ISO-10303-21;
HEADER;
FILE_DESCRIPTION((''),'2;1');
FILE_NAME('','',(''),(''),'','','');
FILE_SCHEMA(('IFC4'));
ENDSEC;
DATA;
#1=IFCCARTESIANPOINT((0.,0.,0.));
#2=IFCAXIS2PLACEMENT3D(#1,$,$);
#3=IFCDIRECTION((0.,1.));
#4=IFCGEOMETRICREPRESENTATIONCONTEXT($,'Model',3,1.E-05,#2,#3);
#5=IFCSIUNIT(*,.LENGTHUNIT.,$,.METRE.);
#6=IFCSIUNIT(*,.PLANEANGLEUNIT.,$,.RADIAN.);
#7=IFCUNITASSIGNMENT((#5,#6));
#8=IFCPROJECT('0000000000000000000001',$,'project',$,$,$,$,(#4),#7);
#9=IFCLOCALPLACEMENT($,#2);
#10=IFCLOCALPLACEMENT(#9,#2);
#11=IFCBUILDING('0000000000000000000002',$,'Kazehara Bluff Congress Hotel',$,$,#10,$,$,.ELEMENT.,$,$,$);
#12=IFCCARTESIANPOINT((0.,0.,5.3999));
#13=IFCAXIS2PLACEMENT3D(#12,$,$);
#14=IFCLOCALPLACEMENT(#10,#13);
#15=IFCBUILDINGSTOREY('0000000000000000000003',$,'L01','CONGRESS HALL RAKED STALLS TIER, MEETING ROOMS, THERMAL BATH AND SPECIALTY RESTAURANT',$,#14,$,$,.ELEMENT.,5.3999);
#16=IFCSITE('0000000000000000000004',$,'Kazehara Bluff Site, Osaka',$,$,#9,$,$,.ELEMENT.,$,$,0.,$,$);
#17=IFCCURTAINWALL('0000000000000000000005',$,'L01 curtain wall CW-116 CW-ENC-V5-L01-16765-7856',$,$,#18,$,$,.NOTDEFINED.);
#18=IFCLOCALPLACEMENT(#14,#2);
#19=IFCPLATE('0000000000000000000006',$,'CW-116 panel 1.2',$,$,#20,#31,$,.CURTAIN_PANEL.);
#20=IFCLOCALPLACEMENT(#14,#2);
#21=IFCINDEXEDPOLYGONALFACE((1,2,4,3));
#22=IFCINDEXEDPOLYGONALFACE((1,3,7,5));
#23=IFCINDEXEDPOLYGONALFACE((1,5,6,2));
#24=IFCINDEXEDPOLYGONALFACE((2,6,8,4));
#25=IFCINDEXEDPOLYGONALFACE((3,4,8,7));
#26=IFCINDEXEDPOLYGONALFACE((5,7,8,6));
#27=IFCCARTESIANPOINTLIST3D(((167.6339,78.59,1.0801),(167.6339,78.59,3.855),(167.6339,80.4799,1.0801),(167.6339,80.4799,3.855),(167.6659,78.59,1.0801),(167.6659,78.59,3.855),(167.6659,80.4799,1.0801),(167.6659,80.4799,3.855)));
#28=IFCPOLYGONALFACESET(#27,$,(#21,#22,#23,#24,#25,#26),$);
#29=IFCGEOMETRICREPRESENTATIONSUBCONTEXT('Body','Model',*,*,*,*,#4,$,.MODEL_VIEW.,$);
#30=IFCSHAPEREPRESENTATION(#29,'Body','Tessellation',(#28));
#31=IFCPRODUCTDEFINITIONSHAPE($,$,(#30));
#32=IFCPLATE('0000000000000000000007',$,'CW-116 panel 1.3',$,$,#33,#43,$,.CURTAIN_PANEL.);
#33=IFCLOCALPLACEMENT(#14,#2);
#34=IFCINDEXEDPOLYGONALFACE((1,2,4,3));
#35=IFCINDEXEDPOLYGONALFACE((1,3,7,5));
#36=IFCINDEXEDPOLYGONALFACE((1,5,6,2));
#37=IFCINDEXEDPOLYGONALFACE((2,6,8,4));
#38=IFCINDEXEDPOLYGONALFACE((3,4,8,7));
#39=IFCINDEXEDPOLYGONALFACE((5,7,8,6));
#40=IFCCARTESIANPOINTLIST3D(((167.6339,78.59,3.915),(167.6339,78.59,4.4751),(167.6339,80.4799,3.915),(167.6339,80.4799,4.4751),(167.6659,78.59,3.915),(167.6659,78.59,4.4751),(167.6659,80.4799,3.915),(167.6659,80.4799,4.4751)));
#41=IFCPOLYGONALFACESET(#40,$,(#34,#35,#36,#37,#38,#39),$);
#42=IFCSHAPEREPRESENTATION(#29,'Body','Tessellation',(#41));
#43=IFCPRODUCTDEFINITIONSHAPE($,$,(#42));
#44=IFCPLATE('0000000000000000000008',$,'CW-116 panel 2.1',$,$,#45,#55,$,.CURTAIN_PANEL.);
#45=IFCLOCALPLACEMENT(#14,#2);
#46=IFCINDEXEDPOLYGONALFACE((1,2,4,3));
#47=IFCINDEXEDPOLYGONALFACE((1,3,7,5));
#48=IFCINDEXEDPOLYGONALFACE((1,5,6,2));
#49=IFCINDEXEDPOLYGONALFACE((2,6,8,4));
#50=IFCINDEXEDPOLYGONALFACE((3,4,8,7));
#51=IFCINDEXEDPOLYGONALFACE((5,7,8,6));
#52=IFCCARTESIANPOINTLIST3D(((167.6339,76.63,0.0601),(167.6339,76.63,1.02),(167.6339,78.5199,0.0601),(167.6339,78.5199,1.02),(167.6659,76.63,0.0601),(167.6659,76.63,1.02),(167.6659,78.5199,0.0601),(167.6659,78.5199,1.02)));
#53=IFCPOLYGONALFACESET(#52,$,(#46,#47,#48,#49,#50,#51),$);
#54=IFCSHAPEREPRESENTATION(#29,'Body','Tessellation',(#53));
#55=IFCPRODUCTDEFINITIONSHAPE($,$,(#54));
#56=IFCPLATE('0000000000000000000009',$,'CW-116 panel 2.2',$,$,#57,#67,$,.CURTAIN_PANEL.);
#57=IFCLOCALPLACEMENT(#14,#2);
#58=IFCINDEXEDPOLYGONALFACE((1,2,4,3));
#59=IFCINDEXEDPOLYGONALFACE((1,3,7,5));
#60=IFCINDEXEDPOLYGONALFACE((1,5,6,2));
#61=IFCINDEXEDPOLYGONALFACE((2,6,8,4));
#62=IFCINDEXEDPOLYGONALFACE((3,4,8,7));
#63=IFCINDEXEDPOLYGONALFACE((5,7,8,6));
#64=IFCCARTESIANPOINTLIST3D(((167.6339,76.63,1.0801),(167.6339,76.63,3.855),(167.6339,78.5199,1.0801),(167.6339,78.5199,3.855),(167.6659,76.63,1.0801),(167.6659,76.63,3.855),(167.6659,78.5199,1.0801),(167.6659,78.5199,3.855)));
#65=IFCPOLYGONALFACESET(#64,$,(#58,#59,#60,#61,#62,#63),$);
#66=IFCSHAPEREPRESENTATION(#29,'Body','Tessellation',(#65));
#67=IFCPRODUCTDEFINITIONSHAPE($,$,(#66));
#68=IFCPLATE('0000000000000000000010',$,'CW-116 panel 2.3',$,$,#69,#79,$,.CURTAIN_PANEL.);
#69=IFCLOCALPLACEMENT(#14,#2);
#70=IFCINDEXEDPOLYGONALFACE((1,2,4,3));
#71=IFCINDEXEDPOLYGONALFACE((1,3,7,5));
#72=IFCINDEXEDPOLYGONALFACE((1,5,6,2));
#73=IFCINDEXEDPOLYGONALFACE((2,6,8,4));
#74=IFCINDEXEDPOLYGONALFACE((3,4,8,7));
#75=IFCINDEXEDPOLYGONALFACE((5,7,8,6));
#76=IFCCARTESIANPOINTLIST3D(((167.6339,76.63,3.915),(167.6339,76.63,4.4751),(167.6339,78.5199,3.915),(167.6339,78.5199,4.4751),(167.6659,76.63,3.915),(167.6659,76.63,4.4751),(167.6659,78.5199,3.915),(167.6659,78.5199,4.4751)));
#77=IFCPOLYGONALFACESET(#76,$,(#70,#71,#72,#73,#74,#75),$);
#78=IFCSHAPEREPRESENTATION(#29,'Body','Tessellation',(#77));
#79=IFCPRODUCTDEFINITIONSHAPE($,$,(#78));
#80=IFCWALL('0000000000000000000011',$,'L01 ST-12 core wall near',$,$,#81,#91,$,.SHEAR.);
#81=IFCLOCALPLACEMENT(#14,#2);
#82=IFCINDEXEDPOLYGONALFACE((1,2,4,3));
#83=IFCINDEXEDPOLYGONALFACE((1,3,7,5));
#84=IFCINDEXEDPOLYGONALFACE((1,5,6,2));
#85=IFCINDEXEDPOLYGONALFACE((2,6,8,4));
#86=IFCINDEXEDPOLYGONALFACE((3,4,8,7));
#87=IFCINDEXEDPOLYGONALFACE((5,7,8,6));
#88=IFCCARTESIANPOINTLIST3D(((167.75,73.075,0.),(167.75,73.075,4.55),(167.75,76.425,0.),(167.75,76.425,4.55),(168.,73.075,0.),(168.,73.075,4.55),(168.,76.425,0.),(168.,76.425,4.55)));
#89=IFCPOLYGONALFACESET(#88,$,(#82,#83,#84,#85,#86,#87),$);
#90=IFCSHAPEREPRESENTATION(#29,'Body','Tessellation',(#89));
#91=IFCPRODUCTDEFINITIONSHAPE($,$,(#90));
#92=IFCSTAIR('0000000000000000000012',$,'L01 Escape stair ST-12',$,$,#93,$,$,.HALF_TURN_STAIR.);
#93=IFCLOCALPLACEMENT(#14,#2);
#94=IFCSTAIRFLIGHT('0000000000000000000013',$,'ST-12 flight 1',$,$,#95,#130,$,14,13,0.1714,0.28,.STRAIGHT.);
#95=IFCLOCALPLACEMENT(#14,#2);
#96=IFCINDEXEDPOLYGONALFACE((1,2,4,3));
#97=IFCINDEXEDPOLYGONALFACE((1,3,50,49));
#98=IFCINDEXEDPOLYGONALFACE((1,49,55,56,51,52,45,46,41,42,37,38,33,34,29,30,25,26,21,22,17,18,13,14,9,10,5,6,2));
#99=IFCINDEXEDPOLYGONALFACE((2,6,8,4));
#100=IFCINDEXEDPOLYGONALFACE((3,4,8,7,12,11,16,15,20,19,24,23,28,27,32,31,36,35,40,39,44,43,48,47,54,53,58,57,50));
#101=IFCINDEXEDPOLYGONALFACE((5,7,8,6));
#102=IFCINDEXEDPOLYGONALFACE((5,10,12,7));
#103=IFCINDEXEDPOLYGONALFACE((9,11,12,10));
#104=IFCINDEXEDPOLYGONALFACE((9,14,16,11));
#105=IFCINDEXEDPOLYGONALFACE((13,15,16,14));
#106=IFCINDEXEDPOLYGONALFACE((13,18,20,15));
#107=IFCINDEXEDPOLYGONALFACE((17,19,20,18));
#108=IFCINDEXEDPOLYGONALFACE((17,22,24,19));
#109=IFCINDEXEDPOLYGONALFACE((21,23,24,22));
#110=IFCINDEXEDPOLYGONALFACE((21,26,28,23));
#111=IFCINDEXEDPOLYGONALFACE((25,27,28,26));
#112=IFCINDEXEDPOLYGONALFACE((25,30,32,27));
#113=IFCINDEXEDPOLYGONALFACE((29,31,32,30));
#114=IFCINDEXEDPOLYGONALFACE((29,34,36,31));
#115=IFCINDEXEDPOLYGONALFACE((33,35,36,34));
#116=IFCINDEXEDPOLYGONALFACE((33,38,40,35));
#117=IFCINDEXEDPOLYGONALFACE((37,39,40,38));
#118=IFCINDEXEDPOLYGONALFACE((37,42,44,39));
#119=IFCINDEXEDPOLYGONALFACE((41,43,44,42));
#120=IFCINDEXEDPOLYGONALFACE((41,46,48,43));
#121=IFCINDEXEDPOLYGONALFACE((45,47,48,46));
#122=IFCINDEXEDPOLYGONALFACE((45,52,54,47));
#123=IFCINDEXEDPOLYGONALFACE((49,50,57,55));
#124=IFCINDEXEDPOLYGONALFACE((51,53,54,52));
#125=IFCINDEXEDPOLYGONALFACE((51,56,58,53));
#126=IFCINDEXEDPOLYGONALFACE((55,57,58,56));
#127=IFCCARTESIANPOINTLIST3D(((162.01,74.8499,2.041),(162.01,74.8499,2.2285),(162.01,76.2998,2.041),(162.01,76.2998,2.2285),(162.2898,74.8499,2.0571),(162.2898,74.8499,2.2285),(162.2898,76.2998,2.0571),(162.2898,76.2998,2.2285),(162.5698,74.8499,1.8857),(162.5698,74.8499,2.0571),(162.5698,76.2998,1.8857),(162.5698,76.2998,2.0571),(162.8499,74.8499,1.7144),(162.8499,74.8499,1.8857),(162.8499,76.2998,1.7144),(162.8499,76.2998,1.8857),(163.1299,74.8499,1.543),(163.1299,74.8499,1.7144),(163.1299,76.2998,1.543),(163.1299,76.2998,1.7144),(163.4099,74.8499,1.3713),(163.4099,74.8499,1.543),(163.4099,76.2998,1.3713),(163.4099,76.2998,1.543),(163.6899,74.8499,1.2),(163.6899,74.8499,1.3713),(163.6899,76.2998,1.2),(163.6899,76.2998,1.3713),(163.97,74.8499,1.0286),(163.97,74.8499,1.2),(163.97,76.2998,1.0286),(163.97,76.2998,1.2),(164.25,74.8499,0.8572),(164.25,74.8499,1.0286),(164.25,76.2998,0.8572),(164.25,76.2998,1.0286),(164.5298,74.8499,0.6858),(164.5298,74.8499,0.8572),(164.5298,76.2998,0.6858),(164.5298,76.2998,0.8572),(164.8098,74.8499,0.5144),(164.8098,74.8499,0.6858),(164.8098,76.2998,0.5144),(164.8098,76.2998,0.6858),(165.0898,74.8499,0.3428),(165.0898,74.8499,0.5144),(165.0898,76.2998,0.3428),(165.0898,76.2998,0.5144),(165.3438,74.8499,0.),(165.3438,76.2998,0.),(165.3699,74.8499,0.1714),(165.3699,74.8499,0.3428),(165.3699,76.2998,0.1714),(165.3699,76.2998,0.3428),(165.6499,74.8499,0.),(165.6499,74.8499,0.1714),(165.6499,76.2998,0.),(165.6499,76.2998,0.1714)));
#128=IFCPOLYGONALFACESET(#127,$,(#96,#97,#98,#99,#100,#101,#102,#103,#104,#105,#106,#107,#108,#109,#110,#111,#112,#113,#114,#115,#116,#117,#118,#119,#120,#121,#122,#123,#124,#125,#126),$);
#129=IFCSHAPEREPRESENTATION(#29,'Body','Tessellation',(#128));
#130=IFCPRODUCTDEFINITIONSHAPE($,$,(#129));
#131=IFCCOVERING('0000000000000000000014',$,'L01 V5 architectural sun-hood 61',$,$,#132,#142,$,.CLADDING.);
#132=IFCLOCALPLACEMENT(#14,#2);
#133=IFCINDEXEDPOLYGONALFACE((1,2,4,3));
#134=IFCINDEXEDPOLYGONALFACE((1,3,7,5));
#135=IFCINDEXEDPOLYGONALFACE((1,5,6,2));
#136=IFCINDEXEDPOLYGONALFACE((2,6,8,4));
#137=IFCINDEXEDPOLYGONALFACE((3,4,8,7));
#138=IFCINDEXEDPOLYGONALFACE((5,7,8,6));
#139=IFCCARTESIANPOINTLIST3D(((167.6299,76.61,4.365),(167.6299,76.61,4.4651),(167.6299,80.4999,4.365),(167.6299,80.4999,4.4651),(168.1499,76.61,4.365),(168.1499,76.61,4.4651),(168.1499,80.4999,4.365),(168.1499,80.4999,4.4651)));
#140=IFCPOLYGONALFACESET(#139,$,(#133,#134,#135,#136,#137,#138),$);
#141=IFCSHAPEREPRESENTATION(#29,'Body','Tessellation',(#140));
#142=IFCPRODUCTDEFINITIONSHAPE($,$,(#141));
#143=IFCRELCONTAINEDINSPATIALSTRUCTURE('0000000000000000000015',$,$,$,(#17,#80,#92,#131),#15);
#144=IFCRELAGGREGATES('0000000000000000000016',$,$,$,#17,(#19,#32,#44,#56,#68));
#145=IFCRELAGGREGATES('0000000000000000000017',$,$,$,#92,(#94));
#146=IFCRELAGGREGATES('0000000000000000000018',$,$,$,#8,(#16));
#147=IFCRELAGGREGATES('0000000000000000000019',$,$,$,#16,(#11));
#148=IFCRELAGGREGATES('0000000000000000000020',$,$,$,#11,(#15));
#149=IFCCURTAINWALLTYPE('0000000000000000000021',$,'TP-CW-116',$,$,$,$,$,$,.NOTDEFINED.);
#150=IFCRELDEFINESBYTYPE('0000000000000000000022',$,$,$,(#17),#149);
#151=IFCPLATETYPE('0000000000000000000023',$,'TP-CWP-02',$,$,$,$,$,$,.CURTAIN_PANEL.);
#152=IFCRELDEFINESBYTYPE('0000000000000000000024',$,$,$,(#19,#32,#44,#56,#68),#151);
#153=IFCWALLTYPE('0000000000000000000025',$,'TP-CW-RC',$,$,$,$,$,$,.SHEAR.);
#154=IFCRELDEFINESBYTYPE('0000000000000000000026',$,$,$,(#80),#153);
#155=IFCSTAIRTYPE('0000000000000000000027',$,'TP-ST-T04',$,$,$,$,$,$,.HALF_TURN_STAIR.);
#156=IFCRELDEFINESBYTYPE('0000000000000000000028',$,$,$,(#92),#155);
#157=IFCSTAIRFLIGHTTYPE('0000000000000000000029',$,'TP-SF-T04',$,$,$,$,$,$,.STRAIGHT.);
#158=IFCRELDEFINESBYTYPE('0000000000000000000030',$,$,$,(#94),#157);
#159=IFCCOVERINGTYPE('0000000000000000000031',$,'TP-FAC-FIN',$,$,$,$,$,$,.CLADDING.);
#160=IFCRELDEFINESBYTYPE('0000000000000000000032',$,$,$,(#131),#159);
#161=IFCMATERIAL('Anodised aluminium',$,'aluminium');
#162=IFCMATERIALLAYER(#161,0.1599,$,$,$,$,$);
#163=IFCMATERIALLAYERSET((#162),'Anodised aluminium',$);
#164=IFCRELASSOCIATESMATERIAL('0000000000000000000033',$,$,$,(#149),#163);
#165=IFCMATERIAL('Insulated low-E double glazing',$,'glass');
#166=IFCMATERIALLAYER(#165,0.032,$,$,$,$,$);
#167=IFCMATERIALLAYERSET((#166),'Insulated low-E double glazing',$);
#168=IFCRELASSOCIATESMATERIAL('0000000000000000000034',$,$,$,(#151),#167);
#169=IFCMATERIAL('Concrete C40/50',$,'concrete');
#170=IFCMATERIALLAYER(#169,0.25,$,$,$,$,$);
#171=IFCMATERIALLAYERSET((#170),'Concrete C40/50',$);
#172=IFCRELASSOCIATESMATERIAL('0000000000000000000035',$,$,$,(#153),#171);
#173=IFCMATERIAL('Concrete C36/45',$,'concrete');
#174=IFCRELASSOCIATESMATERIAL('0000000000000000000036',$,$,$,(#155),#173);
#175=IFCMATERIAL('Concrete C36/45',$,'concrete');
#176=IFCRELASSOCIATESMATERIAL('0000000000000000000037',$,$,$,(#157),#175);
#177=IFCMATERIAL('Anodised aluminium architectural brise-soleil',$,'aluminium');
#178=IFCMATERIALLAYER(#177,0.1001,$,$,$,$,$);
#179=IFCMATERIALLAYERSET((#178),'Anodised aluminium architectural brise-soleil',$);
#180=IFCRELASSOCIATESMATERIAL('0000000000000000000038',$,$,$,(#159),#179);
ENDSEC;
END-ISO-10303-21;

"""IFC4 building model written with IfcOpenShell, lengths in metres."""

from ifc_helpers import new_model, si_unit, direction, frame, frame_2d, origin, origin_2d, place, context, subcontext, project, spatial, polyline, rectangle, outline, extrude, material, layer, layer_set, type_object, element, aggregate, save


model = new_model("IFC4")

# Units and contexts
model_context = context("Model", 3, precision=1e-05, world=origin(), true_north=direction((0.0, 1.0)))
body_context = subcontext(model_context, "Body", "Model", "MODEL_VIEW")
ifc_project = project(units=[si_unit("LENGTHUNIT", "METRE"), si_unit("PLANEANGLEUNIT", "RADIAN")], contexts=[model_context])

# Site, building, storey
site_placement = place(None, origin())
site = spatial("IfcSite", under=ifc_project, at=site_placement, Name="Kazehara Bluff Site, Osaka", CompositionType="ELEMENT", RefElevation=0.0)
building_placement = place(site_placement, origin())
building = spatial("IfcBuilding", under=site, at=building_placement, Name="Kazehara Bluff Congress Hotel", CompositionType="ELEMENT")
storey_placement = place(building_placement, frame((0.0, 0.0, 5.3999)))
storey = spatial("IfcBuildingStorey", under=building, at=storey_placement, Name="L01", Description="CONGRESS HALL RAKED STALLS TIER, MEETING ROOMS, THERMAL BATH AND SPECIALTY RESTAURANT", CompositionType="ELEMENT", Elevation=5.3999)

# Curtain wall
ifc_material_1 = material(Name="Anodised aluminium", Category="aluminium")
ifc_layer_1 = layer(ifc_material_1, 0.1599)
ifc_layer_set_1 = layer_set([ifc_layer_1], Name="Anodised aluminium")
curtain_wall_type_1 = type_object("IfcCurtainWallType", Name="TP-CW-116", PredefinedType="NOTDEFINED", material=ifc_layer_set_1)
curtain_wall_1_placement = place(storey_placement, origin())
curtain_wall_1 = element("IfcCurtainWall", 1, at=curtain_wall_1_placement, inside=storey, type_object=curtain_wall_type_1, Name="L01 curtain wall CW-116 CW-ENC-V5-L01-16765-7856", PredefinedType="NOTDEFINED")

# Plates
ifc_material_2 = material(Name="Insulated low-E double glazing", Category="glass")
ifc_layer_2 = layer(ifc_material_2, 0.032)
ifc_layer_set_2 = layer_set([ifc_layer_2], Name="Insulated low-E double glazing")
plate_type_1 = type_object("IfcPlateType", Name="TP-CWP-02", PredefinedType="CURTAIN_PANEL", material=ifc_layer_set_2)
plate_1_placement = place(storey_placement, frame((167.6499, 79.5349, 1.0801), z_axis=(0.0, 0.0, 1.0), x_axis=(0.0, -1.0, 0.0)))
plate_1 = element("IfcPlate", 2, at=plate_1_placement, type_object=plate_type_1, Name="CW-116 panel 1.2", PredefinedType="CURTAIN_PANEL", context=body_context, shape_type="SweptSolid", body=[
    extrude(rectangle(XDim=1.8899, YDim=0.032, at=origin_2d()), origin(), (0.0, 0.0, 1.0), 2.7749),
])
plate_2_placement = place(storey_placement, frame((167.6499, 79.5349, 3.915), z_axis=(0.0, 0.0, 1.0), x_axis=(0.0, -1.0, 0.0)))
plate_2 = element("IfcPlate", 3, at=plate_2_placement, type_object=plate_type_1, Name="CW-116 panel 1.3", PredefinedType="CURTAIN_PANEL", context=body_context, shape_type="SweptSolid", body=[
    extrude(rectangle(XDim=1.8899, YDim=0.032, at=origin_2d()), origin(), (0.0, 0.0, 1.0), 0.5601),
])
plate_3_placement = place(storey_placement, frame((167.6499, 77.575, 0.0601), z_axis=(0.0, 0.0, 1.0), x_axis=(0.0, -1.0, 0.0)))
plate_3 = element("IfcPlate", 4, at=plate_3_placement, type_object=plate_type_1, Name="CW-116 panel 2.1", PredefinedType="CURTAIN_PANEL", context=body_context, shape_type="SweptSolid", body=[
    extrude(rectangle(XDim=1.8899, YDim=0.032, at=origin_2d()), origin(), (0.0, 0.0, 1.0), 0.96),
])
plate_4_placement = place(storey_placement, frame((167.6499, 77.575, 1.0801), z_axis=(0.0, 0.0, 1.0), x_axis=(0.0, -1.0, 0.0)))
plate_4 = element("IfcPlate", 5, at=plate_4_placement, type_object=plate_type_1, Name="CW-116 panel 2.2", PredefinedType="CURTAIN_PANEL", context=body_context, shape_type="SweptSolid", body=[
    extrude(rectangle(XDim=1.8899, YDim=0.032, at=origin_2d()), origin(), (0.0, 0.0, 1.0), 2.7749),
])
plate_5_placement = place(storey_placement, frame((167.6499, 77.575, 3.915), z_axis=(0.0, 0.0, 1.0), x_axis=(0.0, -1.0, 0.0)))
plate_5 = element("IfcPlate", 6, at=plate_5_placement, type_object=plate_type_1, Name="CW-116 panel 2.3", PredefinedType="CURTAIN_PANEL", context=body_context, shape_type="SweptSolid", body=[
    extrude(rectangle(XDim=1.8899, YDim=0.032, at=origin_2d()), origin(), (0.0, 0.0, 1.0), 0.5601),
])
aggregate(curtain_wall_1, [plate_1, plate_2, plate_3, plate_4, plate_5])

# Wall
ifc_material_3 = material(Name="Concrete C40/50", Category="concrete")
ifc_layer_3 = layer(ifc_material_3, 0.25)
ifc_layer_set_3 = layer_set([ifc_layer_3], Name="Concrete C40/50")
wall_type = type_object("IfcWallType", Name="TP-CW-RC", PredefinedType="SHEAR", material=ifc_layer_set_3)
wall_placement = place(storey_placement, frame((167.875, 76.425, 0.0), z_axis=(0.0, 0.0, 1.0), x_axis=(0.0, -1.0, 0.0)))
element("IfcWall", 7, at=wall_placement, inside=storey, type_object=wall_type, Name="L01 ST-12 core wall near", PredefinedType="SHEAR", context=body_context, shape_type="SweptSolid", body=[
    extrude(rectangle(XDim=3.3501, YDim=0.25, at=frame_2d((1.675, 0.0))), origin(), (0.0, 0.0, 1.0), 4.55),
])

# Stair, stair flight
ifc_material_4 = material(Name="Concrete C36/45", Category="concrete")
stair_type = type_object("IfcStairType", Name="TP-ST-T04", PredefinedType="HALF_TURN_STAIR", material=ifc_material_4)
stair_placement = place(storey_placement, origin())
stair = element("IfcStair", 8, at=stair_placement, inside=storey, type_object=stair_type, Name="L01 Escape stair ST-12", PredefinedType="HALF_TURN_STAIR")
ifc_material_5 = material(Name="Concrete C36/45", Category="concrete")
stair_flight_type = type_object("IfcStairFlightType", Name="TP-SF-T04", PredefinedType="STRAIGHT", material=ifc_material_5)
stair_flight_placement = place(storey_placement, frame((165.6499, 75.575, 0.0), z_axis=(0.0, 0.0, 1.0), x_axis=(-1.0, 0.0, 0.0)))
stair_flight = element("IfcStairFlight", 9, at=stair_flight_placement, type_object=stair_flight_type, Name="ST-12 flight 1", NumberOfRisers=14, NumberOfTreads=13, PredefinedType="STRAIGHT", RiserHeight=0.1714, TreadLength=0.28, context=body_context, shape_type="SweptSolid", body=[
    extrude(outline(polyline([(0.0, 0.0), (0.0, 0.1714), (0.28, 0.1714), (0.28, 0.3428), (0.5601, 0.3428), (0.5601, 0.5144), (0.8401, 0.5144), (0.8401, 0.6858), (1.1201, 0.6858), (1.1201, 0.8572), (1.3999, 0.8572), (1.3999, 1.0286), (1.6799, 1.0286), (1.6799, 1.2), (1.96, 1.2), (1.96, 1.3713), (2.24, 1.3713), (2.24, 1.543), (2.52, 1.543), (2.52, 1.7144), (2.8, 1.7144), (2.8, 1.8857), (3.0801, 1.8857), (3.0801, 2.0571), (3.3601, 2.0571), (3.3601, 2.2285), (3.6399, 2.2285), (3.6399, 2.3999), (3.6399, 2.041), (0.3062, 0.0), (0.0, 0.0)])), frame((0.0, 0.7251, 0.0), z_axis=(0.0, -1.0, 0.0), x_axis=(1.0, 0.0, 0.0)), (0.0, 0.0, 1.0), 1.45),
])
aggregate(stair, [stair_flight])

# Covering
ifc_material_6 = material(Name="Anodised aluminium architectural brise-soleil", Category="aluminium")
ifc_layer_4 = layer(ifc_material_6, 0.1001)
ifc_layer_set_4 = layer_set([ifc_layer_4], Name="Anodised aluminium architectural brise-soleil")
covering_type = type_object("IfcCoveringType", Name="TP-FAC-FIN", PredefinedType="CLADDING", material=ifc_layer_set_4)
covering_placement = place(storey_placement, frame((167.8899, 78.5549, 4.365), z_axis=(0.0, 0.0, 1.0), x_axis=(1.0, 0.0, 0.0)))
element("IfcCovering", 10, at=covering_placement, inside=storey, type_object=covering_type, Name="L01 V5 architectural sun-hood 61", PredefinedType="CLADDING", context=body_context, shape_type="SweptSolid", body=[
    extrude(rectangle(XDim=0.52, YDim=3.8899, at=origin_2d()), origin(), (0.0, 0.0, 1.0), 0.1001),
])

save(model, "model.ifc")
